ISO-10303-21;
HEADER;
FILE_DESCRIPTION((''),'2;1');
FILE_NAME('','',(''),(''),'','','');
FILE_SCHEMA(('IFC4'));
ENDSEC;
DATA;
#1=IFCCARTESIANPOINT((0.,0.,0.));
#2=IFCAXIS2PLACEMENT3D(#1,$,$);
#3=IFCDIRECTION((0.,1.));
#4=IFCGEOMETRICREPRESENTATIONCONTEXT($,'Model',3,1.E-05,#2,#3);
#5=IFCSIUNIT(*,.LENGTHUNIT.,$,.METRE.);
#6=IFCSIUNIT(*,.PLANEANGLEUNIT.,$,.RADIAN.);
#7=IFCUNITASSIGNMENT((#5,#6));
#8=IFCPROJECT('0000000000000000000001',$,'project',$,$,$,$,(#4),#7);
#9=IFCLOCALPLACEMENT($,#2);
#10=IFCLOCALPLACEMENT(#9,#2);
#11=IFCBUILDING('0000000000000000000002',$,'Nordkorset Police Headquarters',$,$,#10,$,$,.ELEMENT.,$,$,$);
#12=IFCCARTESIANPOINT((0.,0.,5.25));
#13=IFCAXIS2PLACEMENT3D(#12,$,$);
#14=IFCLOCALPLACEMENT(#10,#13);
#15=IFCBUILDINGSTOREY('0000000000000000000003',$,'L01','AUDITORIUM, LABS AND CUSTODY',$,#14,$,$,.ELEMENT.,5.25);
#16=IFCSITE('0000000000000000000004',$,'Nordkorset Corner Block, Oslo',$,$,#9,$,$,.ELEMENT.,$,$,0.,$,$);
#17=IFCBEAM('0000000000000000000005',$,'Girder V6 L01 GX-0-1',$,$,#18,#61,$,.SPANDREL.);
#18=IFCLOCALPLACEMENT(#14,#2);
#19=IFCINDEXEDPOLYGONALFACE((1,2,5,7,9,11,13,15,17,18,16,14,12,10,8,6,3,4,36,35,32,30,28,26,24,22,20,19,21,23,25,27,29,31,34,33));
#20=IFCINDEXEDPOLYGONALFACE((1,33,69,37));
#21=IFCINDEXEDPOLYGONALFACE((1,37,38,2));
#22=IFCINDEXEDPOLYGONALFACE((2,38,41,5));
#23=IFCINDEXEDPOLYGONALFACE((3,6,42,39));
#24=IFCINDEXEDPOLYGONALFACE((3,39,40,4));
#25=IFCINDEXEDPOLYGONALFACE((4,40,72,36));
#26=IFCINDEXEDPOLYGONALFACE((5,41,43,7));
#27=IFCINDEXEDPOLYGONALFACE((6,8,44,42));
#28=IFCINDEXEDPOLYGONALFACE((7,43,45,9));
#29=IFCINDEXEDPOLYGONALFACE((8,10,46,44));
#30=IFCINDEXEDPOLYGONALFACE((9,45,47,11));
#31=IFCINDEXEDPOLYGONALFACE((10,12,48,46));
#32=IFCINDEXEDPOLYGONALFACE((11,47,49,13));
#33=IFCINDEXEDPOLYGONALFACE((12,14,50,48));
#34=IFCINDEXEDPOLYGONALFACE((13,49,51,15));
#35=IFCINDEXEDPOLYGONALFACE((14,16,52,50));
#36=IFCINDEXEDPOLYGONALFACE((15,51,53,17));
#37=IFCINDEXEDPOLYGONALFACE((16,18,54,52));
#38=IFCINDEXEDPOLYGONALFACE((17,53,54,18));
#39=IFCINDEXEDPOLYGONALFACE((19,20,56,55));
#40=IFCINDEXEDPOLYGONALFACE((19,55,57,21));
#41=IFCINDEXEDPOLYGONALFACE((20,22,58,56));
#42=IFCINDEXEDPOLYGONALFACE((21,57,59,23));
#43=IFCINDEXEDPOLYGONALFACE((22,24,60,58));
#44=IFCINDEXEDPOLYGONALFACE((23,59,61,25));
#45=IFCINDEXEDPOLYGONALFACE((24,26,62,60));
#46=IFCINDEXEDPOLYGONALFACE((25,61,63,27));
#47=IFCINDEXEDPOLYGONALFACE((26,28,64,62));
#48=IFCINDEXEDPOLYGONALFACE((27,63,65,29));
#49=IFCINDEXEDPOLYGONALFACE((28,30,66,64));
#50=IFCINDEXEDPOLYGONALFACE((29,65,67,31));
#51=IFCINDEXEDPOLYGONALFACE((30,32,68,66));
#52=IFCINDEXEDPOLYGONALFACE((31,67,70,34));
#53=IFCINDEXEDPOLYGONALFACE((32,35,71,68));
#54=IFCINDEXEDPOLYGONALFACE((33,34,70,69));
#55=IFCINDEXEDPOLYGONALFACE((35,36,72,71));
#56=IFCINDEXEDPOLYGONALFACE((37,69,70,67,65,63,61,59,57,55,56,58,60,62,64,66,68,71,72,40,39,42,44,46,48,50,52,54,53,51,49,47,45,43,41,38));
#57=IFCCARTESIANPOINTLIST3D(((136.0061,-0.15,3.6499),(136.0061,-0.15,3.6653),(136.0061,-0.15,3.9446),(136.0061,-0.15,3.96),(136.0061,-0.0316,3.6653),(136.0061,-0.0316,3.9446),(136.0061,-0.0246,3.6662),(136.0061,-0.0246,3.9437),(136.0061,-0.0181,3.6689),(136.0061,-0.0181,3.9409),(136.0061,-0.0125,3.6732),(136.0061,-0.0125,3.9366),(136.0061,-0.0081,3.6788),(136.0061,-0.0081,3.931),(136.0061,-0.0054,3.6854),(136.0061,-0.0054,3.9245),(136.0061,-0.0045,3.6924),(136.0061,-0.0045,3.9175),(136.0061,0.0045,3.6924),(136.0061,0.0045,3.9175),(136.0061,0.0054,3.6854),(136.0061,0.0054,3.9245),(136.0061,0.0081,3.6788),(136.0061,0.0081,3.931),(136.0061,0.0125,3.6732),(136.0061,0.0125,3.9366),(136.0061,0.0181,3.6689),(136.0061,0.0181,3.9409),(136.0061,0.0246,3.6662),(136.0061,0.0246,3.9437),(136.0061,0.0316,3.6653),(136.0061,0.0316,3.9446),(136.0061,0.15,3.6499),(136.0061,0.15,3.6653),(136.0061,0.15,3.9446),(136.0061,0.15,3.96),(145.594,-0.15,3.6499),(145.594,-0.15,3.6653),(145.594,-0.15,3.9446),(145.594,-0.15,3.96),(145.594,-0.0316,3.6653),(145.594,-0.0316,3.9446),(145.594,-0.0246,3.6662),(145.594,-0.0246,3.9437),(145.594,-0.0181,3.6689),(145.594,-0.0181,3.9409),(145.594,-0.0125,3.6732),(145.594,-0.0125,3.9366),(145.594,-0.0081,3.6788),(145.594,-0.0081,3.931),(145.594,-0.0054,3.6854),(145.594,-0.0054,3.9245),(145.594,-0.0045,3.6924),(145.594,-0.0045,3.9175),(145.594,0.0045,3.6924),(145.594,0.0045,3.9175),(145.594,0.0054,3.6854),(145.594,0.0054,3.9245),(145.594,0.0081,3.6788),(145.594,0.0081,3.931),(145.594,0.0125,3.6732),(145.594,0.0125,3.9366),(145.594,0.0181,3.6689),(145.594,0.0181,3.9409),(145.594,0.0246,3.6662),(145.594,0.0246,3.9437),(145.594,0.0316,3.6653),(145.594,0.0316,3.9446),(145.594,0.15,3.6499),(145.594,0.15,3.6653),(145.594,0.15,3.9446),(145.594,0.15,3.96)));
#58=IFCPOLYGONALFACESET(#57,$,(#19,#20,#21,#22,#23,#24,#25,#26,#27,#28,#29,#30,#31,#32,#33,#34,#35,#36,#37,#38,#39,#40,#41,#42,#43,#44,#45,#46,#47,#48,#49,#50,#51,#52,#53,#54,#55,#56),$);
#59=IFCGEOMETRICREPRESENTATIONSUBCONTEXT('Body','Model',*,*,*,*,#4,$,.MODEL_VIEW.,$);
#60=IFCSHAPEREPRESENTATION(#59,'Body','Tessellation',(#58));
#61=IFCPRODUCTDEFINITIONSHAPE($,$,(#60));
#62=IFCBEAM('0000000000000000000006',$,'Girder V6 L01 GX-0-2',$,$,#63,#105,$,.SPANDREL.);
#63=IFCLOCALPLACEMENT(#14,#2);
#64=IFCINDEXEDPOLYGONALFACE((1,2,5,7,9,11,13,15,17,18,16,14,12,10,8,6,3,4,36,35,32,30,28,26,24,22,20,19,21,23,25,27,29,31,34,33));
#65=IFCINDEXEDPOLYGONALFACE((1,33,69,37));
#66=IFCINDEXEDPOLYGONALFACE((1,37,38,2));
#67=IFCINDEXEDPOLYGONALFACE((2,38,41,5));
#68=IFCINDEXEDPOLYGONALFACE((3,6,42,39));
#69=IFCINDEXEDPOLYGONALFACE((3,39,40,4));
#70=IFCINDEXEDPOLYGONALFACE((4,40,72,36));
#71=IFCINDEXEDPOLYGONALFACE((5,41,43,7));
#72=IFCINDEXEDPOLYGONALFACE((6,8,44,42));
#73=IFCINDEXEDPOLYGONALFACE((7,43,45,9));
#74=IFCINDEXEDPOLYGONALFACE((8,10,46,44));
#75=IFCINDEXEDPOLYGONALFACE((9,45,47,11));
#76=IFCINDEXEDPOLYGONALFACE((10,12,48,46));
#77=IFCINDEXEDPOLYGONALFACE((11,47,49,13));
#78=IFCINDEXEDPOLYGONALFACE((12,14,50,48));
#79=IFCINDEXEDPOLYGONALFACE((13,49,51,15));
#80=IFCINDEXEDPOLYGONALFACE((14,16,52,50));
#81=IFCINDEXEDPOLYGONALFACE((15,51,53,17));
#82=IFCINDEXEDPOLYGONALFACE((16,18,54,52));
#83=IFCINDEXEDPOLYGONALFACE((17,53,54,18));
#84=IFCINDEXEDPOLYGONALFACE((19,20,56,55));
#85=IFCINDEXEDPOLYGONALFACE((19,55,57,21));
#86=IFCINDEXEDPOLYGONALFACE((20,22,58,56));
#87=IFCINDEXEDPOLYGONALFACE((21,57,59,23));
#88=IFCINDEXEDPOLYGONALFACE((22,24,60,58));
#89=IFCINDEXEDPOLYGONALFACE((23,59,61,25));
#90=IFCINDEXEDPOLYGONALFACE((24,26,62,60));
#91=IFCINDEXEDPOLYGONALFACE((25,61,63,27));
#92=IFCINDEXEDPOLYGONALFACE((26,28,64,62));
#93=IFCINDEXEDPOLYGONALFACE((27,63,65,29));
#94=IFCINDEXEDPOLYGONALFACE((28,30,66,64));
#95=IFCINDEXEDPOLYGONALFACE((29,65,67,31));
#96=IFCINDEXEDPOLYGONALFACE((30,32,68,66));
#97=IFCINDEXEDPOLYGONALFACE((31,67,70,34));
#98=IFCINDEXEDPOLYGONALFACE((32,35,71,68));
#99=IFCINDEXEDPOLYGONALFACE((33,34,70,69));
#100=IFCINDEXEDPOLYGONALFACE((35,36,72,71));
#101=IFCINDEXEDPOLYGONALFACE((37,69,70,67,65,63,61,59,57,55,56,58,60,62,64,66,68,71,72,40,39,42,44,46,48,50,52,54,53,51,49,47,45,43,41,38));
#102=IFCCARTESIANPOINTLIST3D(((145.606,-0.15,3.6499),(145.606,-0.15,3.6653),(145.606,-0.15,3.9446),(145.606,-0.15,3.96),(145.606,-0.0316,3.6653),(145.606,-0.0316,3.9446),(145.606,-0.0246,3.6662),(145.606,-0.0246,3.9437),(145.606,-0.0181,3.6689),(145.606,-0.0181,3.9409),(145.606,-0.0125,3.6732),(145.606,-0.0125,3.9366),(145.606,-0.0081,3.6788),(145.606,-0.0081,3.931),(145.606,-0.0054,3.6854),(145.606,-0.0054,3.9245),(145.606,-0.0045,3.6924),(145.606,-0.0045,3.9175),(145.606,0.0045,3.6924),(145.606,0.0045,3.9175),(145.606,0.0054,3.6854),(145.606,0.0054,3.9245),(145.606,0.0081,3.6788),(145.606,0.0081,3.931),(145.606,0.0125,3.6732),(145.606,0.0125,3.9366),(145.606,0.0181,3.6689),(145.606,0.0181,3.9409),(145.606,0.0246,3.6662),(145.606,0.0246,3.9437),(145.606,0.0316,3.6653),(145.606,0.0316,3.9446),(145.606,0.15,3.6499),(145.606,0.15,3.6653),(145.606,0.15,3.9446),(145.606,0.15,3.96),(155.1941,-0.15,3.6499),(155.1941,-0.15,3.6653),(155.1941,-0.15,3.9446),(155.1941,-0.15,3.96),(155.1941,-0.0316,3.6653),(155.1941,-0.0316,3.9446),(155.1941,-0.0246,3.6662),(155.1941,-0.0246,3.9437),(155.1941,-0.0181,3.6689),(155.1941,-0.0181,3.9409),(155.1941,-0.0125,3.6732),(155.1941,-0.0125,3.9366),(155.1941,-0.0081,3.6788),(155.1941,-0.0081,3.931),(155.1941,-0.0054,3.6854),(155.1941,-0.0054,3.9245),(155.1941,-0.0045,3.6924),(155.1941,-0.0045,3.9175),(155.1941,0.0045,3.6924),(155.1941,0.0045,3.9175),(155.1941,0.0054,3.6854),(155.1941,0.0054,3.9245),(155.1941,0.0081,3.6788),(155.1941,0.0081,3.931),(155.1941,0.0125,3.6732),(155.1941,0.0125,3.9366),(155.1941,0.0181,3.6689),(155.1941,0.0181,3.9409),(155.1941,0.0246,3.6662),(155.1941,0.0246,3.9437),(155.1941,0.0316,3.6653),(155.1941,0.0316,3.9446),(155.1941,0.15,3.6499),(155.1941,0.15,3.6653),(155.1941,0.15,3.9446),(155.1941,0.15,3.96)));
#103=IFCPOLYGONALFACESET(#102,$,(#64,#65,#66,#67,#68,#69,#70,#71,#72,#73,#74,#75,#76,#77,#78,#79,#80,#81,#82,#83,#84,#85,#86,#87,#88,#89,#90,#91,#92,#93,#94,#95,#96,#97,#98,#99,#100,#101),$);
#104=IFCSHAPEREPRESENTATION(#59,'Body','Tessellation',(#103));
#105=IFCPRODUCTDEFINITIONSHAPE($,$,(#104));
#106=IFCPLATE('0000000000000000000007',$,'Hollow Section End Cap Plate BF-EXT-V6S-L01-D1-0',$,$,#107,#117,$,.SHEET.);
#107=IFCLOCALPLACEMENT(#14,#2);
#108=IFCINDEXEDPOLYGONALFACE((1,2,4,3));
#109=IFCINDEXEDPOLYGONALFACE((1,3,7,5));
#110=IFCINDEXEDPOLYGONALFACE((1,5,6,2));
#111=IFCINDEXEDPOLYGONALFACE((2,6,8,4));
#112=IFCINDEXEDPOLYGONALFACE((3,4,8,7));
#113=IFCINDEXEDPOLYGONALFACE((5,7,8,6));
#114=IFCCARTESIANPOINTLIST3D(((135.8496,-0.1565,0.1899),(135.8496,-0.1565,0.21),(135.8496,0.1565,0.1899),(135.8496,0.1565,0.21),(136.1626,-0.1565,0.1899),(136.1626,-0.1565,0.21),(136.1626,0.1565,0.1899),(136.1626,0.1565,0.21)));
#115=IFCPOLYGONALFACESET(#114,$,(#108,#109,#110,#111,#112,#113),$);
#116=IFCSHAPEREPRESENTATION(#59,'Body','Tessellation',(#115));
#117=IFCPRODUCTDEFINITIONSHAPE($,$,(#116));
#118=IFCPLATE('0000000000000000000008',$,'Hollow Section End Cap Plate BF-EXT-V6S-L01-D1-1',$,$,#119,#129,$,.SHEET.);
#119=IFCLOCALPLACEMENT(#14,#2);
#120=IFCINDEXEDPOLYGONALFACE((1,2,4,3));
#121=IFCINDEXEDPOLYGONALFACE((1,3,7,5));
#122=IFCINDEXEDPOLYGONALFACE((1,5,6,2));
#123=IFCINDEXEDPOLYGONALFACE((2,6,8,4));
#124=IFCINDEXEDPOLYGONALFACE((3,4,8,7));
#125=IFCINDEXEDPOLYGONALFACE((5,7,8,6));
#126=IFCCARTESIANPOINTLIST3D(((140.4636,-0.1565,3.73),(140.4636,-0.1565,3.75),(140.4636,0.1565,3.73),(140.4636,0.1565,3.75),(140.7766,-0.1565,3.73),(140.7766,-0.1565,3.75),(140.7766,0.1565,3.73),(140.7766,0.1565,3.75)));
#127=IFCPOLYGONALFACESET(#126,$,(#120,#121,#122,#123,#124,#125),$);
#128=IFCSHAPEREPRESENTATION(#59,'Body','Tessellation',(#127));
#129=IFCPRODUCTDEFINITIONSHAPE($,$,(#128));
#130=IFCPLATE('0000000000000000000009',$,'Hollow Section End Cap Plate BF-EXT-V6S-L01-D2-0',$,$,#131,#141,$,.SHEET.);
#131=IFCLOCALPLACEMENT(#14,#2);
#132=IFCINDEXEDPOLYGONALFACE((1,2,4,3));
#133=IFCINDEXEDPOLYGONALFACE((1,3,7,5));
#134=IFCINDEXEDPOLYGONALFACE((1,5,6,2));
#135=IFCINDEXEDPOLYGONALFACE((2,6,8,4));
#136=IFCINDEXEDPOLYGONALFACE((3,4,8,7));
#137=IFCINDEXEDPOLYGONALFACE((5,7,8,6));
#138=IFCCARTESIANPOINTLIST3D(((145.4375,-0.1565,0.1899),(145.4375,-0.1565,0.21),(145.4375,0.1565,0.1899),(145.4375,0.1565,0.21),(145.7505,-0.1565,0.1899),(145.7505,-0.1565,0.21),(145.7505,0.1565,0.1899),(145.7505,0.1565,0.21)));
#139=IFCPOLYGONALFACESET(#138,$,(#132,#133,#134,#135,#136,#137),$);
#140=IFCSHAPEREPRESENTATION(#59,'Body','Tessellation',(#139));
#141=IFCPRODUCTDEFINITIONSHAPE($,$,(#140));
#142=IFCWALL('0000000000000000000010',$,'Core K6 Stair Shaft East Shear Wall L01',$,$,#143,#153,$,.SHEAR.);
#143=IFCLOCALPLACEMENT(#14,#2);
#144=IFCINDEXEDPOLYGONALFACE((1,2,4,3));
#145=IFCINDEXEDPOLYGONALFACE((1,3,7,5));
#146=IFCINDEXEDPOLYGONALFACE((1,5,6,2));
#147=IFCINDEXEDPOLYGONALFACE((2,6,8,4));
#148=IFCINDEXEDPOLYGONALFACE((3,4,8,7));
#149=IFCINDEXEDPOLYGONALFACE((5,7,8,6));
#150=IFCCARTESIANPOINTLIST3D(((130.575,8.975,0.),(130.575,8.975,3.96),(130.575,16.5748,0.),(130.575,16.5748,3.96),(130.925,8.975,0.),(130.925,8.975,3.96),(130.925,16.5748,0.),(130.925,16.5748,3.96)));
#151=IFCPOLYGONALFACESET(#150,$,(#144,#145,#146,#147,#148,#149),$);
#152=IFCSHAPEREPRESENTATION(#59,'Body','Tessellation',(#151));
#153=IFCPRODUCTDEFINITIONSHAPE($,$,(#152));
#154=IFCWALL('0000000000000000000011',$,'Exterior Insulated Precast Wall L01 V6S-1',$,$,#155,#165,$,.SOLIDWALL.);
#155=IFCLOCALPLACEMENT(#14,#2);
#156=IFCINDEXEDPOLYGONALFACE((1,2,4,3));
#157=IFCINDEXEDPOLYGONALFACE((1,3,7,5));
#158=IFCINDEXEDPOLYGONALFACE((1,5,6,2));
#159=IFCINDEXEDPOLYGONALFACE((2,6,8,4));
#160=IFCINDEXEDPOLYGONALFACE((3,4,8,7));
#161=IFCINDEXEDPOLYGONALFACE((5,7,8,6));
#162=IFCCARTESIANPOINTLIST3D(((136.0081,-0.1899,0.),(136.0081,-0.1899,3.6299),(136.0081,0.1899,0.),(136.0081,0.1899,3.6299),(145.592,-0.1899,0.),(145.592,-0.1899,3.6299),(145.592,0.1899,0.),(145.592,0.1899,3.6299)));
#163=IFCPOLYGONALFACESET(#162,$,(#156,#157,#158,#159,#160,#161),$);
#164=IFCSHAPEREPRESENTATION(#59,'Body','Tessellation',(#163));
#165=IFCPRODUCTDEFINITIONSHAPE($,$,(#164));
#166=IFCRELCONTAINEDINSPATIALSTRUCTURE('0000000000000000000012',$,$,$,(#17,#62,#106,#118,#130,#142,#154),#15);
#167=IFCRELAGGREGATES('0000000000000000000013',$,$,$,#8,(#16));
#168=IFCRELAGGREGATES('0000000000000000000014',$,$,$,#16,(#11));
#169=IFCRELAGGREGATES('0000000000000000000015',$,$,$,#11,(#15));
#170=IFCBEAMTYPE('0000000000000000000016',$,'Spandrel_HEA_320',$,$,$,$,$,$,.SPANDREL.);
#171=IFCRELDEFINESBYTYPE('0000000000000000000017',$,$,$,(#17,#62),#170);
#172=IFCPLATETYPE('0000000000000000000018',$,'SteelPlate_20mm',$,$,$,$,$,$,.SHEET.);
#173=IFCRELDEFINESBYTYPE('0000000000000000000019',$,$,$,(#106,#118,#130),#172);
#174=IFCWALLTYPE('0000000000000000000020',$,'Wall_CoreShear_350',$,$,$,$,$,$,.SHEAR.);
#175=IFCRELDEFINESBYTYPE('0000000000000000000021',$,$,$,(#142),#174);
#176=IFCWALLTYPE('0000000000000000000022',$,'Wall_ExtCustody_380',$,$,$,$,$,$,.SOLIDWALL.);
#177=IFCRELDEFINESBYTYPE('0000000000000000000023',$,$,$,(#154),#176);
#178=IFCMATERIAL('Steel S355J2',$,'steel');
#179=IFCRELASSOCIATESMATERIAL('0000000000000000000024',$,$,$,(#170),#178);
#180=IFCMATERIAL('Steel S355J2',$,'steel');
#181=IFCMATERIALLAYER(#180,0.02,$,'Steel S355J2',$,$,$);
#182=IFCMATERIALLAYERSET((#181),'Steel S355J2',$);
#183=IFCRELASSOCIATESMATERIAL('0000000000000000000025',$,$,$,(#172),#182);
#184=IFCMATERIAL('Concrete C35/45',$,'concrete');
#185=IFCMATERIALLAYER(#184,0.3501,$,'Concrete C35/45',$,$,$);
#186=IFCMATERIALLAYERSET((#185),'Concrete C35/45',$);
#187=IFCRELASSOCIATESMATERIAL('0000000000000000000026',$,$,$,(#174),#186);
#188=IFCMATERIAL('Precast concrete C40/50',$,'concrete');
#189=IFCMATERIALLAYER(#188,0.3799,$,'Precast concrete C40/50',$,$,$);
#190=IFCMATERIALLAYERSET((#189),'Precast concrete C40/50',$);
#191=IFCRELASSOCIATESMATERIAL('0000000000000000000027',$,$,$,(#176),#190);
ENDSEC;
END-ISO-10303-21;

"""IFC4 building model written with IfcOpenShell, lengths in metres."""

from ifc_helpers import new_model, si_unit, direction, frame, frame_2d, origin, origin_2d, place, context, subcontext, project, spatial, rectangle, i_section, extrude, material, layer, layer_set, material_profile, profile_set, type_object, element, save


model = new_model("IFC4")

# Units and contexts
model_context = context("Model", 3, precision=1e-05, world=origin(), true_north=direction((0.0, 1.0)))
body_context = subcontext(model_context, "Body", "Model", "MODEL_VIEW")
ifc_project = project(units=[si_unit("LENGTHUNIT", "METRE"), si_unit("PLANEANGLEUNIT", "RADIAN")], contexts=[model_context])

# Site, building, storey
site_placement = place(None, origin())
site = spatial("IfcSite", under=ifc_project, at=site_placement, Name="Nordkorset Corner Block, Oslo", CompositionType="ELEMENT", RefElevation=0.0)
building_placement = place(site_placement, origin())
building = spatial("IfcBuilding", under=site, at=building_placement, Name="Nordkorset Police Headquarters", CompositionType="ELEMENT")
storey_placement = place(building_placement, frame((0.0, 0.0, 5.25)))
storey = spatial("IfcBuildingStorey", under=building, at=storey_placement, Name="L01", Description="AUDITORIUM, LABS AND CUSTODY", CompositionType="ELEMENT", Elevation=5.25)

# Beams
ifc_material_1 = material(Name="Steel S355J2", Category="steel")
ifc_material_profile_1 = material_profile(ifc_material_1, i_section(OverallWidth=0.3, OverallDepth=0.3101, WebThickness=0.009, FlangeThickness=0.0154, FilletRadius=0.0271, at=origin_2d()), Name="HEA 320")
ifc_profile_set_1 = profile_set([ifc_material_profile_1], Name="Steel S355J2")
beam_type_1 = type_object("IfcBeamType", Name="Spandrel_HEA_320", PredefinedType="SPANDREL", material=ifc_profile_set_1)
beam_1_placement = place(storey_placement, frame((136.0061, 0.0, 3.8049), z_axis=(1.0, 0.0, 0.0), x_axis=(0.0, 1.0, 0.0)))
element("IfcBeam", 1, at=beam_1_placement, inside=storey, type_object=beam_type_1, Name="Girder V6 L01 GX-0-1", PredefinedType="SPANDREL", context=body_context, shape_type="SweptSolid", body=[
    extrude(i_section(OverallWidth=0.3, OverallDepth=0.3101, WebThickness=0.009, FlangeThickness=0.0154, FilletRadius=0.0271, at=origin_2d()), origin(), (0.0, 0.0, 1.0), 9.5879),
])
beam_2_placement = place(storey_placement, frame((145.606, 0.0, 3.8049), z_axis=(1.0, 0.0, 0.0), x_axis=(0.0, 1.0, 0.0)))
element("IfcBeam", 2, at=beam_2_placement, inside=storey, type_object=beam_type_1, Name="Girder V6 L01 GX-0-2", PredefinedType="SPANDREL", context=body_context, shape_type="SweptSolid", body=[
    extrude(i_section(OverallWidth=0.3, OverallDepth=0.3101, WebThickness=0.009, FlangeThickness=0.0154, FilletRadius=0.0271, at=origin_2d()), origin(), (0.0, 0.0, 1.0), 9.5881),
])

# Plates
ifc_material_2 = material(Name="Steel S355J2", Category="steel")
ifc_layer_1 = layer(ifc_material_2, 0.02, Name="Steel S355J2")
ifc_layer_set_1 = layer_set([ifc_layer_1], Name="Steel S355J2")
plate_type = type_object("IfcPlateType", Name="SteelPlate_20mm", PredefinedType="SHEET", material=ifc_layer_set_1)
for number, where, z_axis, x_axis, name in (
    (3, (136.0061, 0.0, 0.1899), (0.0, 0.0, 1.0), (1.0, 0.0, 0.0), "Hollow Section End Cap Plate BF-EXT-V6S-L01-D1-0"),
    (4, (140.6201, 0.0, 3.73), (0.0, 0.0, 1.0), (1.0, 0.0, 0.0), "Hollow Section End Cap Plate BF-EXT-V6S-L01-D1-1"),
    (5, (145.594, 0.0, 0.1899), (0.0, 0.0, 1.0), (1.0, 0.0, 0.0), "Hollow Section End Cap Plate BF-EXT-V6S-L01-D2-0"),
):
    element("IfcPlate", number, at=place(storey_placement, frame(where, z_axis=z_axis, x_axis=x_axis)), inside=storey, type_object=plate_type, Name=name, PredefinedType="SHEET", context=body_context, shape_type="SweptSolid", body=[
        extrude(rectangle(XDim=0.313, YDim=0.313, at=origin_2d()), origin(), (0.0, 0.0, 1.0), 0.02),
    ])

# Walls
ifc_material_3 = material(Name="Concrete C35/45", Category="concrete")
ifc_layer_2 = layer(ifc_material_3, 0.3501, Name="Concrete C35/45")
ifc_layer_set_2 = layer_set([ifc_layer_2], Name="Concrete C35/45")
wall_type_1 = type_object("IfcWallType", Name="Wall_CoreShear_350", PredefinedType="SHEAR", material=ifc_layer_set_2)
wall_1_placement = place(storey_placement, frame((130.75, 8.9751, 0.0), z_axis=(0.0, 0.0, 1.0), x_axis=(0.0, 1.0, 0.0)))
element("IfcWall", 6, at=wall_1_placement, inside=storey, type_object=wall_type_1, Name="Core K6 Stair Shaft East Shear Wall L01", PredefinedType="SHEAR", context=body_context, shape_type="SweptSolid", body=[
    extrude(rectangle(XDim=7.5999, YDim=0.3501, at=frame_2d((3.7998, 0.0))), origin(), (0.0, 0.0, 1.0), 3.96),
])
ifc_material_4 = material(Name="Precast concrete C40/50", Category="concrete")
ifc_layer_3 = layer(ifc_material_4, 0.3799, Name="Precast concrete C40/50")
ifc_layer_set_3 = layer_set([ifc_layer_3], Name="Precast concrete C40/50")
wall_type_2 = type_object("IfcWallType", Name="Wall_ExtCustody_380", PredefinedType="SOLIDWALL", material=ifc_layer_set_3)
wall_2_placement = place(storey_placement, frame((136.0081, 0.0, 0.0), z_axis=(0.0, 0.0, 1.0), x_axis=(1.0, 0.0, 0.0)))
element("IfcWall", 7, at=wall_2_placement, inside=storey, type_object=wall_type_2, Name="Exterior Insulated Precast Wall L01 V6S-1", PredefinedType="SOLIDWALL", context=body_context, shape_type="SweptSolid", body=[
    extrude(rectangle(XDim=9.584, YDim=0.3799, at=frame_2d((4.792, 0.0))), origin(), (0.0, 0.0, 1.0), 3.6299),
])

save(model, "model.ifc")
